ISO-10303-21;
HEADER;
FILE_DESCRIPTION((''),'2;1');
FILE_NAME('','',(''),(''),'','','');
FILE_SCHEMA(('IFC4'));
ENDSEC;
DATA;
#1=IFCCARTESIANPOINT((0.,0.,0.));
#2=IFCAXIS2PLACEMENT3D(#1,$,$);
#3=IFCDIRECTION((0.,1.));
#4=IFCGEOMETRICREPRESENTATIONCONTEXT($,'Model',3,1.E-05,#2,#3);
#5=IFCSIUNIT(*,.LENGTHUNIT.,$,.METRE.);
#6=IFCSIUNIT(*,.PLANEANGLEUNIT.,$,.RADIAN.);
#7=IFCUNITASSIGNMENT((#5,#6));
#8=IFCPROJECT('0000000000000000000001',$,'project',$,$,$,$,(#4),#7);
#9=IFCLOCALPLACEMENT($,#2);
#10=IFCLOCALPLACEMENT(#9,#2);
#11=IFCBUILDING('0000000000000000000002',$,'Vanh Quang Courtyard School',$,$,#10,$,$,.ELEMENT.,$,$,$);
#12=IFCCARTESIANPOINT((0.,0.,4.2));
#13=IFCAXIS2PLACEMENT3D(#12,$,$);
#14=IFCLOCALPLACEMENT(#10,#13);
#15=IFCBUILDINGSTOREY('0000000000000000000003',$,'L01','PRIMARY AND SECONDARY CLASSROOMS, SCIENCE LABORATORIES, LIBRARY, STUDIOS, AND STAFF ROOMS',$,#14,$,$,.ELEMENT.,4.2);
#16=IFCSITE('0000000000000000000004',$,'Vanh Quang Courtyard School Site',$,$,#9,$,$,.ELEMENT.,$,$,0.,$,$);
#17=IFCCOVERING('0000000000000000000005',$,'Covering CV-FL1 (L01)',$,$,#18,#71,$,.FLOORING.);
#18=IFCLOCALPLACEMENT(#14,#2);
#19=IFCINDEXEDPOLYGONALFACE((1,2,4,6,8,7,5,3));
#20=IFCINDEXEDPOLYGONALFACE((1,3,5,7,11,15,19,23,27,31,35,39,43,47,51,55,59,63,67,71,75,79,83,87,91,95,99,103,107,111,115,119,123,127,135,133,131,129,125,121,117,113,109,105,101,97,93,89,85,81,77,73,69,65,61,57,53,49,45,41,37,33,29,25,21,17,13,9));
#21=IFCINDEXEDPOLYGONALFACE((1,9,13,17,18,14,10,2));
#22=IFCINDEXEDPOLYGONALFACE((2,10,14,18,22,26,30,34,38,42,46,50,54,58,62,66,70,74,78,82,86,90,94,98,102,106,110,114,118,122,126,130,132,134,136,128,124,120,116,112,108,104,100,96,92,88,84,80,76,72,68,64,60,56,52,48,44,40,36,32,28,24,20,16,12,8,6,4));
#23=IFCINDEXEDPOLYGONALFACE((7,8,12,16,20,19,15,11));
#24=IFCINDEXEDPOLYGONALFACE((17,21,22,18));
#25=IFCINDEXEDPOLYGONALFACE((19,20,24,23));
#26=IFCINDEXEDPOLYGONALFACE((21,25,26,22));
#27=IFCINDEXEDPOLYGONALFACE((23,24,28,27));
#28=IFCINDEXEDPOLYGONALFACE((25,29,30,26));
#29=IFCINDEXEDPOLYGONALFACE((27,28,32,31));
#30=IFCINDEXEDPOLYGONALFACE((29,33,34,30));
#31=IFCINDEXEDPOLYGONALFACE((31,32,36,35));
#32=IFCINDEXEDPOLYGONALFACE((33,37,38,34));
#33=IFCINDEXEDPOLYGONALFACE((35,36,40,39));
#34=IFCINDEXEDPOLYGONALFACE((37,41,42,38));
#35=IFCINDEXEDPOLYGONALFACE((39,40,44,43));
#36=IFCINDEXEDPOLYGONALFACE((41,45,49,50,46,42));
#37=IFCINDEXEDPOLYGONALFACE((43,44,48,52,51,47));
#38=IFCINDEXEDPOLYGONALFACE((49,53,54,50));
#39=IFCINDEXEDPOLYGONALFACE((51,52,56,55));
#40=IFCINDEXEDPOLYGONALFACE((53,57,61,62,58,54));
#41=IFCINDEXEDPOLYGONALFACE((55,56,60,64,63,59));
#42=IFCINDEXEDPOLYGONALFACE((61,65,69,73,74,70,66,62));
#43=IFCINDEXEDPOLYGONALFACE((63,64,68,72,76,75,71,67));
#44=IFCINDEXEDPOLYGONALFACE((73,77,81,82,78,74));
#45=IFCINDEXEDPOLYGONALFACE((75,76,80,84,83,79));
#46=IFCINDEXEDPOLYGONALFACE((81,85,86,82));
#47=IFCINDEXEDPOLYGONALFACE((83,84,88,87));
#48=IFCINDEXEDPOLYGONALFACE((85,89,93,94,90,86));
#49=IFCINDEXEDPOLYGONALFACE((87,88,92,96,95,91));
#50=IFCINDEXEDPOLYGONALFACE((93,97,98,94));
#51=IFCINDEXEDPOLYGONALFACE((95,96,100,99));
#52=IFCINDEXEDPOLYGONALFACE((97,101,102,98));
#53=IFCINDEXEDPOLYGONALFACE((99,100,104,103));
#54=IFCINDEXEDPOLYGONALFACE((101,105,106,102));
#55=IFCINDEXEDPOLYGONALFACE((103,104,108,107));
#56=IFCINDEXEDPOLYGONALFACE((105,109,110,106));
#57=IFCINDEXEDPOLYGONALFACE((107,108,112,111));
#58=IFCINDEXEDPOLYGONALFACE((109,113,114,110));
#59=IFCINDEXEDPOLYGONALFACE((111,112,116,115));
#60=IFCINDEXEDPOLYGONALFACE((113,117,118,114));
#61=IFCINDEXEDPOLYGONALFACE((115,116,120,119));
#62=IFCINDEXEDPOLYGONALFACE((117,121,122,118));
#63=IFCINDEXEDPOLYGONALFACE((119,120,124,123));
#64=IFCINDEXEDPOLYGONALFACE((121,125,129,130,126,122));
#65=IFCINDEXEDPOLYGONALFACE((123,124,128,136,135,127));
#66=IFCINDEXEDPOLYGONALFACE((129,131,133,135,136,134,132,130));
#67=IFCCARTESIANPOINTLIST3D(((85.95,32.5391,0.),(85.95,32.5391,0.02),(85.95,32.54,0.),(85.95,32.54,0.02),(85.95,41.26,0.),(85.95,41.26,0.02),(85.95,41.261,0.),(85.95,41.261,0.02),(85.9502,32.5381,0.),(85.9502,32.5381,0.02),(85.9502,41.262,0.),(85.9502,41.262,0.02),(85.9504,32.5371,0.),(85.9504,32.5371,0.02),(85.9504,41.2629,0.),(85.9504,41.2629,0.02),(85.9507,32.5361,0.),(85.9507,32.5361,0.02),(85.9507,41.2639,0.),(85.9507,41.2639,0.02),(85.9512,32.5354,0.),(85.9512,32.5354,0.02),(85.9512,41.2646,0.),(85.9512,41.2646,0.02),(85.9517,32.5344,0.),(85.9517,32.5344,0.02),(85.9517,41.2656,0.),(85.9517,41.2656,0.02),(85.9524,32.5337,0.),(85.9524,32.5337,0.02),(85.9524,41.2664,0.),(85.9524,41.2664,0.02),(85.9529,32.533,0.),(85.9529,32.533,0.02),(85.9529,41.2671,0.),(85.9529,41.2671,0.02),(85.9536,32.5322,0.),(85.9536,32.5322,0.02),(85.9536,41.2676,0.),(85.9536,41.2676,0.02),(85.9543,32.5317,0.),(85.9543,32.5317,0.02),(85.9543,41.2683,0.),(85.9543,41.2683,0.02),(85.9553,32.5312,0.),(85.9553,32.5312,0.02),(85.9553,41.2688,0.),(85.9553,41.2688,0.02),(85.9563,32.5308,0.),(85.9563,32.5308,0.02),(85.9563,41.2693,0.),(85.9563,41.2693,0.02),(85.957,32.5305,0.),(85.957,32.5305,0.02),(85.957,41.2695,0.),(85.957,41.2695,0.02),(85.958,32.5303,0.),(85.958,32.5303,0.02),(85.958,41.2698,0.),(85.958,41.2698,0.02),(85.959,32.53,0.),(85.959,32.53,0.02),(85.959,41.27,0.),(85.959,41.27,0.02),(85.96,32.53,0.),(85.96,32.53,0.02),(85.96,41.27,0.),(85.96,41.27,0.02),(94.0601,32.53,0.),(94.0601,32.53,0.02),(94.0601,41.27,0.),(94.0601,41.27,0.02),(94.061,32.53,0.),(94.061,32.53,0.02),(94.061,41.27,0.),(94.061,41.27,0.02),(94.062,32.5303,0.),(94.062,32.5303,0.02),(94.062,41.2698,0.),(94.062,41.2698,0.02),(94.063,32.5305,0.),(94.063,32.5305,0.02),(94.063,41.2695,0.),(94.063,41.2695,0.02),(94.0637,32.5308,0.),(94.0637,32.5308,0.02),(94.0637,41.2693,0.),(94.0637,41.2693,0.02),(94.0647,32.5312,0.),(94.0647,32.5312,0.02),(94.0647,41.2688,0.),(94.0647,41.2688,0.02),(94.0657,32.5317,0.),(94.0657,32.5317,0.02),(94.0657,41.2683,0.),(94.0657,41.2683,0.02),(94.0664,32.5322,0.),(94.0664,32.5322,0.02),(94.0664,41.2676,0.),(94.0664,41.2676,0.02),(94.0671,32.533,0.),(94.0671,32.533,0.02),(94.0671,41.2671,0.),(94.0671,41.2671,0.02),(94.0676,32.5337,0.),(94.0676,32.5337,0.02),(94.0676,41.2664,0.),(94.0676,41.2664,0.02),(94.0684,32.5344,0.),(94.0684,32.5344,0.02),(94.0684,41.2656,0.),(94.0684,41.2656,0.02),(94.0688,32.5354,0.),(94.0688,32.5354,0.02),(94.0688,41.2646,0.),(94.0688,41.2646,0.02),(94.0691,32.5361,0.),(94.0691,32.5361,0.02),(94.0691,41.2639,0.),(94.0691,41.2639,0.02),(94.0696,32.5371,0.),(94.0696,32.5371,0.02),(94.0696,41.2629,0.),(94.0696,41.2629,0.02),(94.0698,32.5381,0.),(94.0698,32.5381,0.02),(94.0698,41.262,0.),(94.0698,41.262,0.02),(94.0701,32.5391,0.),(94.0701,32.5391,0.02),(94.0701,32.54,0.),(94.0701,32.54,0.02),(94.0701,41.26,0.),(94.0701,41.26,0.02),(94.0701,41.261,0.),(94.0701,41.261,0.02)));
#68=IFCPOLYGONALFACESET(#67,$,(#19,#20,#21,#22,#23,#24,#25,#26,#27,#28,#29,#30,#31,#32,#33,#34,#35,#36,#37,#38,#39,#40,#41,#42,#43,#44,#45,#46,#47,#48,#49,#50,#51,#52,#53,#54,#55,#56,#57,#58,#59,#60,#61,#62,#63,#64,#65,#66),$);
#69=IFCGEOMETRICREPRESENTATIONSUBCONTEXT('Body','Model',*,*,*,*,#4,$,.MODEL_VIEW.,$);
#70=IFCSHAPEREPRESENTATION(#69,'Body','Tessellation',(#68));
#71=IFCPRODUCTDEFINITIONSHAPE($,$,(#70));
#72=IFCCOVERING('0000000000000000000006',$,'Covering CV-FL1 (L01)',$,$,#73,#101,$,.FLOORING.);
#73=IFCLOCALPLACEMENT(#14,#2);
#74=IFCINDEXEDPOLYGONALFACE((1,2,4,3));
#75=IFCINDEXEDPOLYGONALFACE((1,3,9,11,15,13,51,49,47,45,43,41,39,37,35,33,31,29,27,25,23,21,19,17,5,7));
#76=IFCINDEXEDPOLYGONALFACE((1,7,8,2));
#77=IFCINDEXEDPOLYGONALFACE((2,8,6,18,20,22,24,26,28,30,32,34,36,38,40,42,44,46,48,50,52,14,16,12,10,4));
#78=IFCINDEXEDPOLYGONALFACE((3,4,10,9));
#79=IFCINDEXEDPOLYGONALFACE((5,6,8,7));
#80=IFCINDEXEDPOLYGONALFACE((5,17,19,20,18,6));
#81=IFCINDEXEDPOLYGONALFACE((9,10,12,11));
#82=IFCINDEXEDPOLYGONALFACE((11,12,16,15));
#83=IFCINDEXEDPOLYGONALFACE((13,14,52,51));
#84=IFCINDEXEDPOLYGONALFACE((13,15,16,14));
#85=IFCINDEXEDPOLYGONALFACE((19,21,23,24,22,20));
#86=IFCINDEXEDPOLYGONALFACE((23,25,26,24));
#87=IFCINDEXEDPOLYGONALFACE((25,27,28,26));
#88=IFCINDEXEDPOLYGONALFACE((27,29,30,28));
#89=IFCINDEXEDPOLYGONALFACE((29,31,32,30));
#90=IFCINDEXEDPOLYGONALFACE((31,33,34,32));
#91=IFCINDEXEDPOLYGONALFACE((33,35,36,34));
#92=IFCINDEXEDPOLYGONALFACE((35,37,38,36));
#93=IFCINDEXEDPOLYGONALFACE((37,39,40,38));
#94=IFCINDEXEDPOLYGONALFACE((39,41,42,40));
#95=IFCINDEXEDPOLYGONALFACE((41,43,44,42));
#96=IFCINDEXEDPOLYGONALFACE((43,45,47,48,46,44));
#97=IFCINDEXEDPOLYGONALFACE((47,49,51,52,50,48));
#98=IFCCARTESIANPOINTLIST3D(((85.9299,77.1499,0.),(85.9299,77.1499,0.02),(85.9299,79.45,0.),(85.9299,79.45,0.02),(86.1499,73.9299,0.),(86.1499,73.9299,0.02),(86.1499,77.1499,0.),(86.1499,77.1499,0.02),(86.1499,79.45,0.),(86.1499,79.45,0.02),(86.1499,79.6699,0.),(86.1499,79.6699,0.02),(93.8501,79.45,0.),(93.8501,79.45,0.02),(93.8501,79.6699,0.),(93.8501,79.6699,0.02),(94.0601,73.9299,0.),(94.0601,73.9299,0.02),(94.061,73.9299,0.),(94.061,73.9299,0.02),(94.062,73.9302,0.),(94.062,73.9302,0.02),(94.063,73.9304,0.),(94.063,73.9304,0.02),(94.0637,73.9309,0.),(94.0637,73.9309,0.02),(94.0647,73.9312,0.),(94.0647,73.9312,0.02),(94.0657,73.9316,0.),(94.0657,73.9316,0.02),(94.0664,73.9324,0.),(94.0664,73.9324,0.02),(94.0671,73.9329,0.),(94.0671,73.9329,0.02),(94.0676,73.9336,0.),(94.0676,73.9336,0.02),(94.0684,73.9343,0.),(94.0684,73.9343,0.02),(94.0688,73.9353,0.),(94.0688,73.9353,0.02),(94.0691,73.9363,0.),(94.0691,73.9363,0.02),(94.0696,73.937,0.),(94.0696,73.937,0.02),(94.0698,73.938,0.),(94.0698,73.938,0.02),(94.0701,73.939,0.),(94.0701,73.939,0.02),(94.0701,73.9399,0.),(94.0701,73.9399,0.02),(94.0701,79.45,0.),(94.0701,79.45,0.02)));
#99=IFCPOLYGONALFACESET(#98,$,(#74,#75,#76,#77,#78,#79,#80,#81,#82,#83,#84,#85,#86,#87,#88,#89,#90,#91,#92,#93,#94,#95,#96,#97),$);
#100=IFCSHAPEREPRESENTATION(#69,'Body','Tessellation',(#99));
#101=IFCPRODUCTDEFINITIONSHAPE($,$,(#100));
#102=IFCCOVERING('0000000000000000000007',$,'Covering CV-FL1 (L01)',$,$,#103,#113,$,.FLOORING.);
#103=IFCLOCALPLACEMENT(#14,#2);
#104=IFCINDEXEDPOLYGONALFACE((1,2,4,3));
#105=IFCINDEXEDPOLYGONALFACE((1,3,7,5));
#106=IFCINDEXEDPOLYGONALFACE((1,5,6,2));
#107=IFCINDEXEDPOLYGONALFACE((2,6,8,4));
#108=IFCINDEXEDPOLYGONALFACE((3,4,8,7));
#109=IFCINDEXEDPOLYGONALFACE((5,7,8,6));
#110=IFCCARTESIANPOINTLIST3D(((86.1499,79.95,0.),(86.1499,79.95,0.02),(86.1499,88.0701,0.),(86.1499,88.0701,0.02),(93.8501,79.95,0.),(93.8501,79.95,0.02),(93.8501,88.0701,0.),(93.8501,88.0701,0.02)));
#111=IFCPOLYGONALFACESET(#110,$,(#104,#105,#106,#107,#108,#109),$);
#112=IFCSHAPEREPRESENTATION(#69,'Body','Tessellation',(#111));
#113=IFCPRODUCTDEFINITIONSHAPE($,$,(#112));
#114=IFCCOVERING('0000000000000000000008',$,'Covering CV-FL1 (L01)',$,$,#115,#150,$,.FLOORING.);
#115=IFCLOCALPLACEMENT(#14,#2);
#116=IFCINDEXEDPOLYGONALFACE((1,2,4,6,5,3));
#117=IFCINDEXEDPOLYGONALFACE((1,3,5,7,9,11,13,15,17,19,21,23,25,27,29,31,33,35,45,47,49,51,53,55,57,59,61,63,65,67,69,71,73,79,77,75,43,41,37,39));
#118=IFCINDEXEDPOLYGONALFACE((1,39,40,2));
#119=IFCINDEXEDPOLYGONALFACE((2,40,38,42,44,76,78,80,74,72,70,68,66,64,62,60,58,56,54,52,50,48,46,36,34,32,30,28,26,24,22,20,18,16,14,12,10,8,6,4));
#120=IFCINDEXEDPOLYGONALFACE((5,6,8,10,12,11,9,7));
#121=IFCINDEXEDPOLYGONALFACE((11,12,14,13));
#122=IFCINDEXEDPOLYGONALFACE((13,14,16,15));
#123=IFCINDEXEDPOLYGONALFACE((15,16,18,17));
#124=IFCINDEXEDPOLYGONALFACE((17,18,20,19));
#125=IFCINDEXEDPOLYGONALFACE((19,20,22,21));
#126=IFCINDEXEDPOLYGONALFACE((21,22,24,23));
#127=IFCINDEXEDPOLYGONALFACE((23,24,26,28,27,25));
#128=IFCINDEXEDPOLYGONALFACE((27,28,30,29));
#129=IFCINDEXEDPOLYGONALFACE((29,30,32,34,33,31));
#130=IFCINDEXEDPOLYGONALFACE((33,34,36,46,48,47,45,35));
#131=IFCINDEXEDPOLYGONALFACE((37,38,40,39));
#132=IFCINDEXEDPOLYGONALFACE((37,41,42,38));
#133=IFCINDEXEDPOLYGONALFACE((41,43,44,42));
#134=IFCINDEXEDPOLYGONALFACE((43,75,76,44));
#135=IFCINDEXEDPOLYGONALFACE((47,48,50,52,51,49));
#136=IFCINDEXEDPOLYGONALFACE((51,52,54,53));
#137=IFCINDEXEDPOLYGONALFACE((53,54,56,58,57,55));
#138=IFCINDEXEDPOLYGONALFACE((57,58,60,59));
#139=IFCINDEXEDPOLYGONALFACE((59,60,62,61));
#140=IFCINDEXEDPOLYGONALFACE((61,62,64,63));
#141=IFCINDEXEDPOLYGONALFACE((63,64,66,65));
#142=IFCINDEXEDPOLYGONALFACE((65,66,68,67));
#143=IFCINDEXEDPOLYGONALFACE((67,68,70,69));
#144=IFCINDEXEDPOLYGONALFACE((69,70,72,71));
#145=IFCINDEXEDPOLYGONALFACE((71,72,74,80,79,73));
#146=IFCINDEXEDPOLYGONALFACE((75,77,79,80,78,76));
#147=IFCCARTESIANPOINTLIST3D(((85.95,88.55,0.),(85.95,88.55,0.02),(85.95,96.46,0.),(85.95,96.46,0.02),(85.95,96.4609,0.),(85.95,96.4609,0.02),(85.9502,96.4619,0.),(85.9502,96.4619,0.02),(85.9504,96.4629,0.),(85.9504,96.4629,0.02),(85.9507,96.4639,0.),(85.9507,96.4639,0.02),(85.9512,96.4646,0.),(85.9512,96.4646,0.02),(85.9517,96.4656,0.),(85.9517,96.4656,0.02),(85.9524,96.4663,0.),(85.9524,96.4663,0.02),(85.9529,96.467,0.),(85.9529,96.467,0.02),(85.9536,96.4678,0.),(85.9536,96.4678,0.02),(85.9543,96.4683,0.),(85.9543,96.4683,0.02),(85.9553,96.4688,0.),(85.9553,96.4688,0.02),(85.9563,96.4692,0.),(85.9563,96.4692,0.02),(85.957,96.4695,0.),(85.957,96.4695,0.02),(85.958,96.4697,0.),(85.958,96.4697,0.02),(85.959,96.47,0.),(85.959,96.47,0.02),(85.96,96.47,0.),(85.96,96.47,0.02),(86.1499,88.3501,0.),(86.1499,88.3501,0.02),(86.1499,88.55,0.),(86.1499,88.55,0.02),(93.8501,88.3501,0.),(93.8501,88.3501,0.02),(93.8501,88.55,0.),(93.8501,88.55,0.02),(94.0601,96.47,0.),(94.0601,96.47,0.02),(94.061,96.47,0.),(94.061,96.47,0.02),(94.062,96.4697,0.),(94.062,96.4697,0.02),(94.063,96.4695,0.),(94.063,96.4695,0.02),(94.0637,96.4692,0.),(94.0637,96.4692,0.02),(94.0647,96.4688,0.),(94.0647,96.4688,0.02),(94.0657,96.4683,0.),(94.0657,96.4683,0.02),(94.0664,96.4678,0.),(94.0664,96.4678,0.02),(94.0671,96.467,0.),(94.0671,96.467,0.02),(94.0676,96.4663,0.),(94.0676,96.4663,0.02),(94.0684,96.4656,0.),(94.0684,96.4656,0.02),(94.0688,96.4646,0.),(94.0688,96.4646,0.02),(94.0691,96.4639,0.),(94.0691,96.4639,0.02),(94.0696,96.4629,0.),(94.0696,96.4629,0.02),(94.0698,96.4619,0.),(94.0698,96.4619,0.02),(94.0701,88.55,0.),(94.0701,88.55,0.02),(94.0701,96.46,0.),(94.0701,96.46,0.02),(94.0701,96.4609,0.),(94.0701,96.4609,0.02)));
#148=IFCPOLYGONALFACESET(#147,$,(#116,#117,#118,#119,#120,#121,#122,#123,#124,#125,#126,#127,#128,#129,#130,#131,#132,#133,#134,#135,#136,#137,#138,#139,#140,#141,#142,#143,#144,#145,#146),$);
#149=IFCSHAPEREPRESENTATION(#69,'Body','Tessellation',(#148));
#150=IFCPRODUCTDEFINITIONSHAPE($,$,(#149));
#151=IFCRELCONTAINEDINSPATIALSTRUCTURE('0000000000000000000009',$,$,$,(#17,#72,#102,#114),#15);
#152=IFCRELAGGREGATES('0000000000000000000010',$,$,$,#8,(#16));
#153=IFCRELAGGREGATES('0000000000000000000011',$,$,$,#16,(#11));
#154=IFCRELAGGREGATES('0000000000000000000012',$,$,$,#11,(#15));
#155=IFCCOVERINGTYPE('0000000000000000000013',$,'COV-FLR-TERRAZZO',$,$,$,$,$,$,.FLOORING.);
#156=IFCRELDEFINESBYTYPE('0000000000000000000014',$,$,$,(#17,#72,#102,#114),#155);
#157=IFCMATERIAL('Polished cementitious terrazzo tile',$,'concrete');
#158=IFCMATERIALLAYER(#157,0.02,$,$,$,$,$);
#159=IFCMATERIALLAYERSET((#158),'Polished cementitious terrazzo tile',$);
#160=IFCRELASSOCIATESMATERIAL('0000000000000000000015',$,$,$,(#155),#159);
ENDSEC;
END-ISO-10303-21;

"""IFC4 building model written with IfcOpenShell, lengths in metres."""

from ifc_helpers import new_model, si_unit, direction, frame, origin, place, context, subcontext, project, spatial, polyline, outline, extrude, material, layer, layer_set, type_object, element, save


model = new_model("IFC4")

# Units and contexts
model_context = context("Model", 3, precision=1e-05, world=origin(), true_north=direction((0.0, 1.0)))
body_context = subcontext(model_context, "Body", "Model", "MODEL_VIEW")
ifc_project = project(units=[si_unit("LENGTHUNIT", "METRE"), si_unit("PLANEANGLEUNIT", "RADIAN")], contexts=[model_context])

# Site, building, storey
site_placement = place(None, origin())
site = spatial("IfcSite", under=ifc_project, at=site_placement, Name="Vanh Quang Courtyard School Site", CompositionType="ELEMENT", RefElevation=0.0)
building_placement = place(site_placement, origin())
building = spatial("IfcBuilding", under=site, at=building_placement, Name="Vanh Quang Courtyard School", CompositionType="ELEMENT")
storey_placement = place(building_placement, frame((0.0, 0.0, 4.2)))
storey = spatial("IfcBuildingStorey", under=building, at=storey_placement, Name="L01", Description="PRIMARY AND SECONDARY CLASSROOMS, SCIENCE LABORATORIES, LIBRARY, STUDIOS, AND STAFF ROOMS", CompositionType="ELEMENT", Elevation=4.2)

# Coverings
ifc_material_1 = material(Name="Polished cementitious terrazzo tile", Category="concrete")
ifc_layer_1 = layer(ifc_material_1, 0.02)
ifc_layer_set_1 = layer_set([ifc_layer_1], Name="Polished cementitious terrazzo tile")
covering_type_1 = type_object("IfcCoveringType", Name="COV-FLR-TERRAZZO", PredefinedType="FLOORING", material=ifc_layer_set_1)
covering_1_placement = place(storey_placement, origin())
element("IfcCovering", 1, at=covering_1_placement, inside=storey, type_object=covering_type_1, Name="Covering CV-FL1 (L01)", PredefinedType="FLOORING", context=body_context, shape_type="SweptSolid", body=[
    extrude(outline(polyline([(85.96, 32.53), (85.959, 32.53), (85.958, 32.5303), (85.957, 32.5305), (85.9563, 32.5308), (85.9553, 32.5312), (85.9543, 32.5317), (85.9536, 32.5322), (85.9529, 32.533), (85.9524, 32.5337), (85.9517, 32.5344), (85.9512, 32.5354), (85.9507, 32.5361), (85.9504, 32.5371), (85.9502, 32.5381), (85.95, 32.5391), (85.95, 32.54), (85.95, 41.26), (85.95, 41.261), (85.9502, 41.262), (85.9504, 41.2629), (85.9507, 41.2639), (85.9512, 41.2646), (85.9517, 41.2656), (85.9524, 41.2664), (85.9529, 41.2671), (85.9536, 41.2676), (85.9543, 41.2683), (85.9553, 41.2688), (85.9563, 41.2693), (85.957, 41.2695), (85.958, 41.2698), (85.959, 41.27), (85.96, 41.27), (94.0601, 41.27), (94.061, 41.27), (94.062, 41.2698), (94.063, 41.2695), (94.0637, 41.2693), (94.0647, 41.2688), (94.0657, 41.2683), (94.0664, 41.2676), (94.0671, 41.2671), (94.0676, 41.2664), (94.0684, 41.2656), (94.0688, 41.2646), (94.0691, 41.2639), (94.0696, 41.2629), (94.0698, 41.262), (94.0701, 41.261), (94.0701, 41.26), (94.0701, 32.54), (94.0701, 32.5391), (94.0698, 32.5381), (94.0696, 32.5371), (94.0691, 32.5361), (94.0688, 32.5354), (94.0684, 32.5344), (94.0676, 32.5337), (94.0671, 32.533), (94.0664, 32.5322), (94.0657, 32.5317), (94.0647, 32.5312), (94.0637, 32.5308), (94.063, 32.5305), (94.062, 32.5303), (94.061, 32.53), (94.0601, 32.53), (85.96, 32.53)])), origin(), (0.0, 0.0, 1.0), 0.02),
])
covering_2_placement = place(storey_placement, origin())
element("IfcCovering", 2, at=covering_2_placement, inside=storey, type_object=covering_type_1, Name="Covering CV-FL1 (L01)", PredefinedType="FLOORING", context=body_context, shape_type="SweptSolid", body=[
    extrude(outline(polyline([(85.9299, 79.45), (86.1499, 79.45), (86.1499, 79.6699), (93.8501, 79.6699), (93.8501, 79.45), (94.0701, 79.45), (94.0701, 73.9399), (94.0701, 73.939), (94.0698, 73.938), (94.0696, 73.937), (94.0691, 73.9363), (94.0688, 73.9353), (94.0684, 73.9343), (94.0676, 73.9336), (94.0671, 73.9329), (94.0664, 73.9324), (94.0657, 73.9316), (94.0647, 73.9312), (94.0637, 73.9309), (94.063, 73.9304), (94.062, 73.9302), (94.061, 73.9299), (94.0601, 73.9299), (86.1499, 73.9299), (86.1499, 77.1499), (85.9299, 77.1499), (85.9299, 79.45)])), origin(), (0.0, 0.0, 1.0), 0.02),
])
covering_3_placement = place(storey_placement, origin())
element("IfcCovering", 3, at=covering_3_placement, inside=storey, type_object=covering_type_1, Name="Covering CV-FL1 (L01)", PredefinedType="FLOORING", context=body_context, shape_type="SweptSolid", body=[
    extrude(outline(polyline([(86.1499, 79.95), (86.1499, 88.0701), (93.8501, 88.0701), (93.8501, 79.95), (86.1499, 79.95)])), origin(), (0.0, 0.0, 1.0), 0.02),
])
covering_4_placement = place(storey_placement, origin())
element("IfcCovering", 4, at=covering_4_placement, inside=storey, type_object=covering_type_1, Name="Covering CV-FL1 (L01)", PredefinedType="FLOORING", context=body_context, shape_type="SweptSolid", body=[
    extrude(outline(polyline([(86.1499, 88.3501), (86.1499, 88.55), (85.95, 88.55), (85.95, 96.46), (85.95, 96.4609), (85.9502, 96.4619), (85.9504, 96.4629), (85.9507, 96.4639), (85.9512, 96.4646), (85.9517, 96.4656), (85.9524, 96.4663), (85.9529, 96.467), (85.9536, 96.4678), (85.9543, 96.4683), (85.9553, 96.4688), (85.9563, 96.4692), (85.957, 96.4695), (85.958, 96.4697), (85.959, 96.47), (85.96, 96.47), (94.0601, 96.47), (94.061, 96.47), (94.062, 96.4697), (94.063, 96.4695), (94.0637, 96.4692), (94.0647, 96.4688), (94.0657, 96.4683), (94.0664, 96.4678), (94.0671, 96.467), (94.0676, 96.4663), (94.0684, 96.4656), (94.0688, 96.4646), (94.0691, 96.4639), (94.0696, 96.4629), (94.0698, 96.4619), (94.0701, 96.4609), (94.0701, 96.46), (94.0701, 88.55), (93.8501, 88.55), (93.8501, 88.3501), (86.1499, 88.3501)])), origin(), (0.0, 0.0, 1.0), 0.02),
])

save(model, "model.ifc")
